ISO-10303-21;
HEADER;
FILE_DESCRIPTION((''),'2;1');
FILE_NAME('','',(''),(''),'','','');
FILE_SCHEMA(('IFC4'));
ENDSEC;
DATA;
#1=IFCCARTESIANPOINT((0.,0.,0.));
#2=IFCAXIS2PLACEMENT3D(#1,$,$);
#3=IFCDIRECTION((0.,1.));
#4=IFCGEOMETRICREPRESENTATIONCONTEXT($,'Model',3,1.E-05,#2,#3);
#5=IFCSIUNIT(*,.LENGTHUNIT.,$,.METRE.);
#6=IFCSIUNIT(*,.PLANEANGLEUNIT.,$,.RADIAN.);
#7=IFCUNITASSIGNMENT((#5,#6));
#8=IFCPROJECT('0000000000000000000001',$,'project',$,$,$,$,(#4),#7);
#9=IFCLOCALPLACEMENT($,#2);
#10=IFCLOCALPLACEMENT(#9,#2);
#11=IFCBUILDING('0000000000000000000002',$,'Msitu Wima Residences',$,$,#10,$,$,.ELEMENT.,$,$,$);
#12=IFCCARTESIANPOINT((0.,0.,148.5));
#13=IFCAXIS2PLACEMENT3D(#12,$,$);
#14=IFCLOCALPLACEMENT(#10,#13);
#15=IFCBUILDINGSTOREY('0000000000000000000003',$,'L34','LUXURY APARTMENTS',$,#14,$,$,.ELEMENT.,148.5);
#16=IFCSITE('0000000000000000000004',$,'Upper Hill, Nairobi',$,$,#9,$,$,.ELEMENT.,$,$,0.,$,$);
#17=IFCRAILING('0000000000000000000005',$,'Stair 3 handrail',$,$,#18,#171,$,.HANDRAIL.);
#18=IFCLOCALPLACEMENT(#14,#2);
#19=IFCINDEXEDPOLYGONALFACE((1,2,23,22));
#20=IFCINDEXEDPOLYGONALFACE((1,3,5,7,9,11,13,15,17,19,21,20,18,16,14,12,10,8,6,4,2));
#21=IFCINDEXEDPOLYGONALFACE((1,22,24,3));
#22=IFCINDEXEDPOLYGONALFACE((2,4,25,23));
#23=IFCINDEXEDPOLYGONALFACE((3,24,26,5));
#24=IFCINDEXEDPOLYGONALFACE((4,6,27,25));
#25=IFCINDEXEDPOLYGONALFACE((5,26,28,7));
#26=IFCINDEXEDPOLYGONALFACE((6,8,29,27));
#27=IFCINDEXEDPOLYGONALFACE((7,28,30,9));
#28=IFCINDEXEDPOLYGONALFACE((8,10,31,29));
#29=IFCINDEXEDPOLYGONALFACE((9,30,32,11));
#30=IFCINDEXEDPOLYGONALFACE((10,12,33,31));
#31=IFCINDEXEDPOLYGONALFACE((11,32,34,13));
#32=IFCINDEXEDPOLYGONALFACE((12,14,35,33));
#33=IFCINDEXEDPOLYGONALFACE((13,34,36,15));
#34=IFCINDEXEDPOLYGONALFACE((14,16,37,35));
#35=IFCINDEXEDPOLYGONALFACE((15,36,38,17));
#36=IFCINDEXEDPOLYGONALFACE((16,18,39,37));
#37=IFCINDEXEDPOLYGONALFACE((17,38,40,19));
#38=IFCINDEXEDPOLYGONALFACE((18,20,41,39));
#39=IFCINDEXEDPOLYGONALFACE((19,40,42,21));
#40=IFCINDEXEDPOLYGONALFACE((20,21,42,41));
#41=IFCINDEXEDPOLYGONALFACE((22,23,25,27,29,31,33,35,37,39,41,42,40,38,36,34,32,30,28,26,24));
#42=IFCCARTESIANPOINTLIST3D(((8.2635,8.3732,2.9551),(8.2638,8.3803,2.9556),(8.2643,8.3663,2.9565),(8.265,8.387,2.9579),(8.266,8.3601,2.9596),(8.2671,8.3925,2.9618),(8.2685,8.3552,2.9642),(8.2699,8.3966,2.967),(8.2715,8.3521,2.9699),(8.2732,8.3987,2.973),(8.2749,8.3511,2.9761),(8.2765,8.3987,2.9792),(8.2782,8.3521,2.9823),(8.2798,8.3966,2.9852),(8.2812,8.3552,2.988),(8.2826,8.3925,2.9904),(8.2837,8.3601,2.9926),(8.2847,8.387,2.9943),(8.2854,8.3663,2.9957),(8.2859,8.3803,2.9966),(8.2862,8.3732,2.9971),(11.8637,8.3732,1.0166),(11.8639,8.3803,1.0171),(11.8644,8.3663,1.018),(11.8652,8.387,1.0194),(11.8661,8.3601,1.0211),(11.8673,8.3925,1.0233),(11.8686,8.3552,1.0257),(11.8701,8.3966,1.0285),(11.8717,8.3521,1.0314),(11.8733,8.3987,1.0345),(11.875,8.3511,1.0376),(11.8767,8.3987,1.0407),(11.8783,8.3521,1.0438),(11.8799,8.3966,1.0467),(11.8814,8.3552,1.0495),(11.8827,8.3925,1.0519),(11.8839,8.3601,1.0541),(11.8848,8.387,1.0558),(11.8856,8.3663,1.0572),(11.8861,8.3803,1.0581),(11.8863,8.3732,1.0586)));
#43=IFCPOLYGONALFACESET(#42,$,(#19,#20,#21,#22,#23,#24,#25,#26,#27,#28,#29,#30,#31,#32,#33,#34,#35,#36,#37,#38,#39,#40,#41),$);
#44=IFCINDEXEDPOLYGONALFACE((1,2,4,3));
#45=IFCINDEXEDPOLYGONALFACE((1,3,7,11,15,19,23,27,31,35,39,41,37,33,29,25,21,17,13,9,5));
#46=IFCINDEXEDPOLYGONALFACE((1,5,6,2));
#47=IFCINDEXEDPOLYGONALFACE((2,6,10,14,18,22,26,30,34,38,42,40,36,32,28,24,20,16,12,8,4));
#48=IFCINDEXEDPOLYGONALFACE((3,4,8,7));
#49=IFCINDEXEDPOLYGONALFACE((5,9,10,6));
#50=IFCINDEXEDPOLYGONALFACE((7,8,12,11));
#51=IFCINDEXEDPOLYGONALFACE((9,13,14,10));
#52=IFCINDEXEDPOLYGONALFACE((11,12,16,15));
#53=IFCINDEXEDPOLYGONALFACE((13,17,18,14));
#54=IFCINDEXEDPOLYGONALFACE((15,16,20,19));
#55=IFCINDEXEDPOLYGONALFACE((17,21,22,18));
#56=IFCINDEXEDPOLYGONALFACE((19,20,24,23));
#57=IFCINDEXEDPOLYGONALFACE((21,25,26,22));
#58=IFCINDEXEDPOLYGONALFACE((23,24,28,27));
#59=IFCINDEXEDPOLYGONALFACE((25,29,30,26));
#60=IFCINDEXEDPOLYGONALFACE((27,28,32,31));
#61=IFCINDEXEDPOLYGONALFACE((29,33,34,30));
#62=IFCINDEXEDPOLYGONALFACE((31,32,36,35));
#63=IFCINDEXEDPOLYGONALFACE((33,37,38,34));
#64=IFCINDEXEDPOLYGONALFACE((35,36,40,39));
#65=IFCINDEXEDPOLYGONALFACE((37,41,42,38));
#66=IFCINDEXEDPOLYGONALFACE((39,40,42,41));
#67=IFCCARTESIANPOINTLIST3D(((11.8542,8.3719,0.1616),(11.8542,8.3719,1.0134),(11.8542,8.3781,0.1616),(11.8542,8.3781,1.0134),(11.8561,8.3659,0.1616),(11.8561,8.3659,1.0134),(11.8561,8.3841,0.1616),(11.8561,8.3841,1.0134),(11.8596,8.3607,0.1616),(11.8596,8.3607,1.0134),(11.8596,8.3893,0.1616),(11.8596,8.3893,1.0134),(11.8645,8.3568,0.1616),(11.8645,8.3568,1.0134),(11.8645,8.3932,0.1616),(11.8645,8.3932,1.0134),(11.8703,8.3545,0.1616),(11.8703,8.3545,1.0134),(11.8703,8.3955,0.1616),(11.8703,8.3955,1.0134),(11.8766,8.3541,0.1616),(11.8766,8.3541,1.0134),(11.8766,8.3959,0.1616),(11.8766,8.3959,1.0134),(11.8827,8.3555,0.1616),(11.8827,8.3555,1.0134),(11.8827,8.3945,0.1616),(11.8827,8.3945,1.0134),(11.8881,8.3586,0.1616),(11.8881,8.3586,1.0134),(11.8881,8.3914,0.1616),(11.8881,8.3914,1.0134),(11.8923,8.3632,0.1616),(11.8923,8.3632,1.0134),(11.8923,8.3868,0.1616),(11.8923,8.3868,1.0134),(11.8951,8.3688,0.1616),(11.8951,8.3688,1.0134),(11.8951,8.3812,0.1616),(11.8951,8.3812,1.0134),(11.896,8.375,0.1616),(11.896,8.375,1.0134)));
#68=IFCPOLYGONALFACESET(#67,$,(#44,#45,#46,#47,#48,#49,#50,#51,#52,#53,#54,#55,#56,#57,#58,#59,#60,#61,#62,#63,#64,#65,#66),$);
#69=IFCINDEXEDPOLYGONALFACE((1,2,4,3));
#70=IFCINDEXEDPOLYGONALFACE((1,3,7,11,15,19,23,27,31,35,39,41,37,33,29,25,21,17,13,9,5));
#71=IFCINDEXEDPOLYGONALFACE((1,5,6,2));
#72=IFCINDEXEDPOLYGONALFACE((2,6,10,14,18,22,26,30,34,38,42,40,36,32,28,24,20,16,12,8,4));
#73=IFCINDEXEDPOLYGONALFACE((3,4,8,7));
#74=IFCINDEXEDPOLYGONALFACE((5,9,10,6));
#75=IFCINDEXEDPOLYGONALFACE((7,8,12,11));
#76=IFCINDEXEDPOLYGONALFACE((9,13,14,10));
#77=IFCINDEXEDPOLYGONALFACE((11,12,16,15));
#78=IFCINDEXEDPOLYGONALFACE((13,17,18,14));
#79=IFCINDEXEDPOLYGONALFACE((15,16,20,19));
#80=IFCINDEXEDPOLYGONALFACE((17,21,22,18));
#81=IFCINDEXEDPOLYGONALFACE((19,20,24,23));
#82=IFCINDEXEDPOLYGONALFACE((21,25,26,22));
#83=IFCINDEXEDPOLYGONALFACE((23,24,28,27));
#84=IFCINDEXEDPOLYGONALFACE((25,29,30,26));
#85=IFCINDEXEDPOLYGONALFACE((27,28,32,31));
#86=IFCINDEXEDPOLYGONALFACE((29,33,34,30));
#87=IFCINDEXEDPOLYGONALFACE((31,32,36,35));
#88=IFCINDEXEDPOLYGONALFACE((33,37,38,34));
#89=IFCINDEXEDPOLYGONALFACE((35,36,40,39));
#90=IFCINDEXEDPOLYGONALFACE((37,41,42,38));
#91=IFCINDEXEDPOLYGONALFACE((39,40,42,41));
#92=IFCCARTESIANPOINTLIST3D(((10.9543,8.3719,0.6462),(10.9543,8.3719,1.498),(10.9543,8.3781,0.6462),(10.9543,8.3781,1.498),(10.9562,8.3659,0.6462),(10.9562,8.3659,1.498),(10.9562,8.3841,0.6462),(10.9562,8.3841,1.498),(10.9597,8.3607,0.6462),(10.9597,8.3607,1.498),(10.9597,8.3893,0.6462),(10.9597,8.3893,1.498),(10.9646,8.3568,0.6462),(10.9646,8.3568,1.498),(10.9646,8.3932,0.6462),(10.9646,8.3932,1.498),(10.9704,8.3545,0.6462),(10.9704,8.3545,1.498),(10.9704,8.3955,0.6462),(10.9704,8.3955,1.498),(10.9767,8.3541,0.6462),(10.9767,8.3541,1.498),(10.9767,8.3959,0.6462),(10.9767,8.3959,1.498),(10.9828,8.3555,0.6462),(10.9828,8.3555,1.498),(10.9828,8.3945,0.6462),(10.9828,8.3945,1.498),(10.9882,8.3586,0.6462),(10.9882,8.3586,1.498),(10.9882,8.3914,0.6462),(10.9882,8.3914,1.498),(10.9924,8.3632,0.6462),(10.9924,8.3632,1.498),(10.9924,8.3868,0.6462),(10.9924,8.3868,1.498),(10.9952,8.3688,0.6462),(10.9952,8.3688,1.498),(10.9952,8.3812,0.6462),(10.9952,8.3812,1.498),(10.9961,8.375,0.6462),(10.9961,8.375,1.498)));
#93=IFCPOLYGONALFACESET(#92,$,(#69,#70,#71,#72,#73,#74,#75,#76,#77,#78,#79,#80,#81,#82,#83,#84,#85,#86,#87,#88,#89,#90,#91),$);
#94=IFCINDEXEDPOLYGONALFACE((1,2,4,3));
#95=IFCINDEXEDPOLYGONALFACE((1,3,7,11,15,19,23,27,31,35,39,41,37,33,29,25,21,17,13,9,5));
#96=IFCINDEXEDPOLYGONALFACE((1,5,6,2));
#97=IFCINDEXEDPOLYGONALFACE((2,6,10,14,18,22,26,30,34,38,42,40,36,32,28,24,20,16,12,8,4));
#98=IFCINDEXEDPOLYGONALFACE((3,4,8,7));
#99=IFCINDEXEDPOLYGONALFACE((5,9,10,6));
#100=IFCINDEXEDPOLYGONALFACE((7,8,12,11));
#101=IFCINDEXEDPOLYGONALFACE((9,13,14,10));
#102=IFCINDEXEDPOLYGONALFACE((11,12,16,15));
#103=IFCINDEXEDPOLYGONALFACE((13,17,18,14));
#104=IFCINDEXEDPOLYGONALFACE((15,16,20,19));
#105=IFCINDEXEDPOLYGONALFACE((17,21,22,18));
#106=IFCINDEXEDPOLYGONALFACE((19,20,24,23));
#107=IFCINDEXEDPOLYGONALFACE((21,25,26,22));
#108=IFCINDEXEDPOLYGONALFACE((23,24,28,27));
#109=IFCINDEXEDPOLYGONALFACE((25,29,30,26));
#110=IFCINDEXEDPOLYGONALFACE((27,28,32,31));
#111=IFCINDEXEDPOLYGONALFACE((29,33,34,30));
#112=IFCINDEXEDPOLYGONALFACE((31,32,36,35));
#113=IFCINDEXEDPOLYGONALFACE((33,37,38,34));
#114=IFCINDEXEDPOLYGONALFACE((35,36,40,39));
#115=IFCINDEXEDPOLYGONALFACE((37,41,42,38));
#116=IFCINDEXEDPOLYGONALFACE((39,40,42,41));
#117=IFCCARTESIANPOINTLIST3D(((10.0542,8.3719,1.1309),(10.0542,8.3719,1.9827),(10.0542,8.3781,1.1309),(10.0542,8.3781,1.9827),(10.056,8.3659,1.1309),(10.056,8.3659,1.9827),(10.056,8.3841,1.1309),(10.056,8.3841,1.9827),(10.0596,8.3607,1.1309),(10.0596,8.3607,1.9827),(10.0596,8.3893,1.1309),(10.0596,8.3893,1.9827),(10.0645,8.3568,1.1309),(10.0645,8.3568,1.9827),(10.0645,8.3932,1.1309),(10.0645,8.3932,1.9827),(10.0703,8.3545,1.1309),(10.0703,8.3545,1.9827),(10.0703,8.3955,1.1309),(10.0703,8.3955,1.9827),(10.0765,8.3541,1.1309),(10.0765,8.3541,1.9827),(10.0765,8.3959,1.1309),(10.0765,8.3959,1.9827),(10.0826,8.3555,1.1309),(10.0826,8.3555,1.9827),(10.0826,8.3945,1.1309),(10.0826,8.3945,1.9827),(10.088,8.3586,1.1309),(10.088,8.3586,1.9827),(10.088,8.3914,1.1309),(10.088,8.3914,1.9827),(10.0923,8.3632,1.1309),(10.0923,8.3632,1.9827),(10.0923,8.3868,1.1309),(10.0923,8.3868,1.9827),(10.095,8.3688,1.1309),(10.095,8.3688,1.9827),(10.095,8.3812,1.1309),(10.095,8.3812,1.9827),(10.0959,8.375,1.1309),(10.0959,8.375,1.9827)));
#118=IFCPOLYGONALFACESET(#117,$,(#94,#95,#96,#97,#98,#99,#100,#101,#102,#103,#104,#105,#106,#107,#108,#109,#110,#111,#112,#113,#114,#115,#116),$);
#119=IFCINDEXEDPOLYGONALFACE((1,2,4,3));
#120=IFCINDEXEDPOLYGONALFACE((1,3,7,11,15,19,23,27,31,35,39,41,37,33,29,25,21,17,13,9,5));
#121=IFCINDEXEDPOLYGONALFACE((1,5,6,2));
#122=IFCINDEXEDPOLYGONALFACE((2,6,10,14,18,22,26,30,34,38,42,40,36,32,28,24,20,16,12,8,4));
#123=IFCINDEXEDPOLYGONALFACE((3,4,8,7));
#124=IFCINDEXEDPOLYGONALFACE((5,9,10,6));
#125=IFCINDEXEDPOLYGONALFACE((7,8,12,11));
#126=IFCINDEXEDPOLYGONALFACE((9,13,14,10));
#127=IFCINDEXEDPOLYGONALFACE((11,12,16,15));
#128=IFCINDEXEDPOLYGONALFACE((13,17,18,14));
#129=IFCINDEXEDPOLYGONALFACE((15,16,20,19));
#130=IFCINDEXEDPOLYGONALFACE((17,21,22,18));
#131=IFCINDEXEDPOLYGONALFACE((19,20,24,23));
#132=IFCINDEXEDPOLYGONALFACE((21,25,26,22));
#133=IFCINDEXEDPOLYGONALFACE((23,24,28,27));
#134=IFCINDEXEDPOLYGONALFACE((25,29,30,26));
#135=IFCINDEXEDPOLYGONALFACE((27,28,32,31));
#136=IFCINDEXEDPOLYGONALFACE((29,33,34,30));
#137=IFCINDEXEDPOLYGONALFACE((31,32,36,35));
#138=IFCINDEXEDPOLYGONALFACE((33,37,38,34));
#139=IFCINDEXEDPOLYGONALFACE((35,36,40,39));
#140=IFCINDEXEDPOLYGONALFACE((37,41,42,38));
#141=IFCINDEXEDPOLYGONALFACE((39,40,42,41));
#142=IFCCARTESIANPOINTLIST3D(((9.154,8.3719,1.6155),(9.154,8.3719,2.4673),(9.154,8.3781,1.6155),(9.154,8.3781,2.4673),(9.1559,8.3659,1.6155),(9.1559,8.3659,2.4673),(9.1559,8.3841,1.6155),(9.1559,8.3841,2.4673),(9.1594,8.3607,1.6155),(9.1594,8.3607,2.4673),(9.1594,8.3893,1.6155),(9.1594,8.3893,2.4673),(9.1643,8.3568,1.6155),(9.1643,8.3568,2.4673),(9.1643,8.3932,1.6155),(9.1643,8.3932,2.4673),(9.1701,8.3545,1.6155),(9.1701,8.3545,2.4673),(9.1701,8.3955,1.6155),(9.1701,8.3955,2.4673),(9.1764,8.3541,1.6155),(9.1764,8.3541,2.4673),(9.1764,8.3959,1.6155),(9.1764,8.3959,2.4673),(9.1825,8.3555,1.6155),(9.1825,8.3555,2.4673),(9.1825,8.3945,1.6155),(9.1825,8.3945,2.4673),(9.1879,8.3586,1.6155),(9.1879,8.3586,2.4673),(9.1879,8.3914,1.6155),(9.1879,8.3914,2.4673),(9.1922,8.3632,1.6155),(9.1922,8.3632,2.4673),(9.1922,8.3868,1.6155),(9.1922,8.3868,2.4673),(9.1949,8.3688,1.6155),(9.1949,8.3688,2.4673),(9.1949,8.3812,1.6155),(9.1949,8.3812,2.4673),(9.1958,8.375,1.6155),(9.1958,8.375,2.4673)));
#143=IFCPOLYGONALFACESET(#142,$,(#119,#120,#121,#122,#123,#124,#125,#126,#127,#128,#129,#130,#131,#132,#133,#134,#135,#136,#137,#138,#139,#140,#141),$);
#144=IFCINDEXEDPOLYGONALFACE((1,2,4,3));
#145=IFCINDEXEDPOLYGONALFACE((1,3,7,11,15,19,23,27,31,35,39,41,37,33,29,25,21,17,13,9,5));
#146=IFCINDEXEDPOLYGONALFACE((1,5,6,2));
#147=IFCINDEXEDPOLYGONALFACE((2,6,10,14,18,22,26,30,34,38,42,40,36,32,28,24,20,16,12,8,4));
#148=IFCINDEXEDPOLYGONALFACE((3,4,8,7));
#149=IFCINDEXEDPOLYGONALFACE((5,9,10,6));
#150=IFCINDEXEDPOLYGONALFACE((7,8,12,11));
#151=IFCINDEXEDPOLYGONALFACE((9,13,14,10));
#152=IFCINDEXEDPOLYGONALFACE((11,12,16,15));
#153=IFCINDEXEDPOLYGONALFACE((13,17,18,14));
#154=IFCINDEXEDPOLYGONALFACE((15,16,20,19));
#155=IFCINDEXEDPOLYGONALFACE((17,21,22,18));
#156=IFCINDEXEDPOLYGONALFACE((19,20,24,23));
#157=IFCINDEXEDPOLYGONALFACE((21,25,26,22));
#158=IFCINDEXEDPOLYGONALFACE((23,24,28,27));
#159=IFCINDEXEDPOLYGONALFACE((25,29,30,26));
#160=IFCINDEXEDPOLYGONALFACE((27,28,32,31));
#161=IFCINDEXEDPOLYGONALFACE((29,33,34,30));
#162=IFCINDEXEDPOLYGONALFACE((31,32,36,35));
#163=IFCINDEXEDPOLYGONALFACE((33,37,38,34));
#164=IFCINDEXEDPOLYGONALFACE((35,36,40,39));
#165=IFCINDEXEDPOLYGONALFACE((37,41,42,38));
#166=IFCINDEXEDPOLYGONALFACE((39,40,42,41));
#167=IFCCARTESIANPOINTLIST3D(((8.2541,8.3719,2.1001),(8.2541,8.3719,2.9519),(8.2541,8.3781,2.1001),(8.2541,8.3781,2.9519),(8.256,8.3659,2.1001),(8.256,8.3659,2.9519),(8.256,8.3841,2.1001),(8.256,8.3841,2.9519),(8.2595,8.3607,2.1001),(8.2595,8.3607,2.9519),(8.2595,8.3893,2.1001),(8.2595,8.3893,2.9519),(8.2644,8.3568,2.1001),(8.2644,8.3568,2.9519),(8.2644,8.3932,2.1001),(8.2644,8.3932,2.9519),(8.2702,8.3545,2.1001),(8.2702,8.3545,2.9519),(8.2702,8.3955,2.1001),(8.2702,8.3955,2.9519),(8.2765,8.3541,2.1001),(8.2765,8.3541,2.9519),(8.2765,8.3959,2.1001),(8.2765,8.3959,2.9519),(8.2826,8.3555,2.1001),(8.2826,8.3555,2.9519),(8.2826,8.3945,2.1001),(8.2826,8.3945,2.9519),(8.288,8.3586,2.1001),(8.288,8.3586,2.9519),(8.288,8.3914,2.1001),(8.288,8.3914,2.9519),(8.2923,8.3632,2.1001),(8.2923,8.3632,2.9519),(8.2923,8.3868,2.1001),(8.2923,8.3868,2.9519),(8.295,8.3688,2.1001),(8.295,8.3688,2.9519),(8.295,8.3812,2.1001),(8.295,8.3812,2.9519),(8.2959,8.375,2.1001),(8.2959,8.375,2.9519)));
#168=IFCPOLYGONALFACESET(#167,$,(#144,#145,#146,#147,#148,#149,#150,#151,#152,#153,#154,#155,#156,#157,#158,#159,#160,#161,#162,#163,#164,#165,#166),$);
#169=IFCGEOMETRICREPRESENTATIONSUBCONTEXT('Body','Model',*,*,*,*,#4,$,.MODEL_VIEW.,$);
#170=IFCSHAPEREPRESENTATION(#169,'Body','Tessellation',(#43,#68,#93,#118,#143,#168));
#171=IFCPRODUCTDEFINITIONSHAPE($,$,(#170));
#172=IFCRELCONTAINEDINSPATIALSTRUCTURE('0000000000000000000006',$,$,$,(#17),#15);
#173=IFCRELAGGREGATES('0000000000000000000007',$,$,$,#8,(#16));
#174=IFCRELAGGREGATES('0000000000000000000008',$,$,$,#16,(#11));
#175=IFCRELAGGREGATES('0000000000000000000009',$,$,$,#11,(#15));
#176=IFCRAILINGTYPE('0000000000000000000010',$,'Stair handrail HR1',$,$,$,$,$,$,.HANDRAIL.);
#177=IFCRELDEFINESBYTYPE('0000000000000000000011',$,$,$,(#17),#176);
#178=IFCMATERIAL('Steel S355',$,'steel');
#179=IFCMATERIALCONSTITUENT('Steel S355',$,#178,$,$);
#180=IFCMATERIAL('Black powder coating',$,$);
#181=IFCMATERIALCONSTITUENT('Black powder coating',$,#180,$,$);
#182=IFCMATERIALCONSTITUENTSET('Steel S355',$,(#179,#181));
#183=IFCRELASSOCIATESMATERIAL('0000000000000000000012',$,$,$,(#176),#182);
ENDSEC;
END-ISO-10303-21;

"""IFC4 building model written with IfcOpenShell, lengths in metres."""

from ifc_helpers import new_model, si_unit, direction, frame, origin, origin_2d, place, context, subcontext, project, spatial, circle, extrude, material, constituent, constituent_set, type_object, element, save


model = new_model("IFC4")

# Units and contexts
model_context = context("Model", 3, precision=1e-05, world=origin(), true_north=direction((0.0, 1.0)))
body_context = subcontext(model_context, "Body", "Model", "MODEL_VIEW")
ifc_project = project(units=[si_unit("LENGTHUNIT", "METRE"), si_unit("PLANEANGLEUNIT", "RADIAN")], contexts=[model_context])

# Site, building, storey
site_placement = place(None, origin())
site = spatial("IfcSite", under=ifc_project, at=site_placement, Name="Upper Hill, Nairobi", CompositionType="ELEMENT", RefElevation=0.0)
building_placement = place(site_placement, origin())
building = spatial("IfcBuilding", under=site, at=building_placement, Name="Msitu Wima Residences", CompositionType="ELEMENT")
storey_placement = place(building_placement, frame((0.0, 0.0, 148.5)))
storey = spatial("IfcBuildingStorey", under=building, at=storey_placement, Name="L34", Description="LUXURY APARTMENTS", CompositionType="ELEMENT", Elevation=148.5)

# Railing
ifc_material_1 = material(Name="Steel S355", Category="steel")
ifc_constituent_1 = constituent(ifc_material_1, Name="Steel S355")
ifc_material_2 = material(Name="Black powder coating")
ifc_constituent_2 = constituent(ifc_material_2, Name="Black powder coating")
ifc_constituent_set_1 = constituent_set(constituents=[ifc_constituent_1, ifc_constituent_2], Name="Steel S355")
railing_type_1 = type_object("IfcRailingType", Name="Stair handrail HR1", PredefinedType="HANDRAIL", material=ifc_constituent_set_1)
for number, where, name in (
    (1, (11.875, 8.375, 0.1616), "Stair 3 handrail"),
):
    element("IfcRailing", number, at=place(storey_placement, frame(where)), inside=storey, type_object=railing_type_1, Name=name, PredefinedType="HANDRAIL", context=body_context, shape_type="SweptSolid", body=[
        extrude(circle(Radius=0.0239, at=origin_2d()), frame((0.0, 0.0, 0.876), z_axis=(-0.880475, 0.0, 0.474093), x_axis=(0.0, -1.0, 0.0)), (0.0, 0.0, 1.0), 4.0889),
        extrude(circle(Radius=0.021, at=origin_2d()), origin(), (0.0, 0.0, 1.0), 0.8518),
        extrude(circle(Radius=0.021, at=origin_2d()), frame((-0.8999, 0.0, 0.4846)), (0.0, 0.0, 1.0), 0.8518),
        extrude(circle(Radius=0.021, at=origin_2d()), frame((-1.8, 0.0, 0.9692)), (0.0, 0.0, 1.0), 0.8518),
        extrude(circle(Radius=0.021, at=origin_2d()), frame((-2.7002, 0.0, 1.4539)), (0.0, 0.0, 1.0), 0.8518),
        extrude(circle(Radius=0.021, at=origin_2d()), frame((-3.6001, 0.0, 1.9385)), (0.0, 0.0, 1.0), 0.8518),
    ])

save(model, "model.ifc")
